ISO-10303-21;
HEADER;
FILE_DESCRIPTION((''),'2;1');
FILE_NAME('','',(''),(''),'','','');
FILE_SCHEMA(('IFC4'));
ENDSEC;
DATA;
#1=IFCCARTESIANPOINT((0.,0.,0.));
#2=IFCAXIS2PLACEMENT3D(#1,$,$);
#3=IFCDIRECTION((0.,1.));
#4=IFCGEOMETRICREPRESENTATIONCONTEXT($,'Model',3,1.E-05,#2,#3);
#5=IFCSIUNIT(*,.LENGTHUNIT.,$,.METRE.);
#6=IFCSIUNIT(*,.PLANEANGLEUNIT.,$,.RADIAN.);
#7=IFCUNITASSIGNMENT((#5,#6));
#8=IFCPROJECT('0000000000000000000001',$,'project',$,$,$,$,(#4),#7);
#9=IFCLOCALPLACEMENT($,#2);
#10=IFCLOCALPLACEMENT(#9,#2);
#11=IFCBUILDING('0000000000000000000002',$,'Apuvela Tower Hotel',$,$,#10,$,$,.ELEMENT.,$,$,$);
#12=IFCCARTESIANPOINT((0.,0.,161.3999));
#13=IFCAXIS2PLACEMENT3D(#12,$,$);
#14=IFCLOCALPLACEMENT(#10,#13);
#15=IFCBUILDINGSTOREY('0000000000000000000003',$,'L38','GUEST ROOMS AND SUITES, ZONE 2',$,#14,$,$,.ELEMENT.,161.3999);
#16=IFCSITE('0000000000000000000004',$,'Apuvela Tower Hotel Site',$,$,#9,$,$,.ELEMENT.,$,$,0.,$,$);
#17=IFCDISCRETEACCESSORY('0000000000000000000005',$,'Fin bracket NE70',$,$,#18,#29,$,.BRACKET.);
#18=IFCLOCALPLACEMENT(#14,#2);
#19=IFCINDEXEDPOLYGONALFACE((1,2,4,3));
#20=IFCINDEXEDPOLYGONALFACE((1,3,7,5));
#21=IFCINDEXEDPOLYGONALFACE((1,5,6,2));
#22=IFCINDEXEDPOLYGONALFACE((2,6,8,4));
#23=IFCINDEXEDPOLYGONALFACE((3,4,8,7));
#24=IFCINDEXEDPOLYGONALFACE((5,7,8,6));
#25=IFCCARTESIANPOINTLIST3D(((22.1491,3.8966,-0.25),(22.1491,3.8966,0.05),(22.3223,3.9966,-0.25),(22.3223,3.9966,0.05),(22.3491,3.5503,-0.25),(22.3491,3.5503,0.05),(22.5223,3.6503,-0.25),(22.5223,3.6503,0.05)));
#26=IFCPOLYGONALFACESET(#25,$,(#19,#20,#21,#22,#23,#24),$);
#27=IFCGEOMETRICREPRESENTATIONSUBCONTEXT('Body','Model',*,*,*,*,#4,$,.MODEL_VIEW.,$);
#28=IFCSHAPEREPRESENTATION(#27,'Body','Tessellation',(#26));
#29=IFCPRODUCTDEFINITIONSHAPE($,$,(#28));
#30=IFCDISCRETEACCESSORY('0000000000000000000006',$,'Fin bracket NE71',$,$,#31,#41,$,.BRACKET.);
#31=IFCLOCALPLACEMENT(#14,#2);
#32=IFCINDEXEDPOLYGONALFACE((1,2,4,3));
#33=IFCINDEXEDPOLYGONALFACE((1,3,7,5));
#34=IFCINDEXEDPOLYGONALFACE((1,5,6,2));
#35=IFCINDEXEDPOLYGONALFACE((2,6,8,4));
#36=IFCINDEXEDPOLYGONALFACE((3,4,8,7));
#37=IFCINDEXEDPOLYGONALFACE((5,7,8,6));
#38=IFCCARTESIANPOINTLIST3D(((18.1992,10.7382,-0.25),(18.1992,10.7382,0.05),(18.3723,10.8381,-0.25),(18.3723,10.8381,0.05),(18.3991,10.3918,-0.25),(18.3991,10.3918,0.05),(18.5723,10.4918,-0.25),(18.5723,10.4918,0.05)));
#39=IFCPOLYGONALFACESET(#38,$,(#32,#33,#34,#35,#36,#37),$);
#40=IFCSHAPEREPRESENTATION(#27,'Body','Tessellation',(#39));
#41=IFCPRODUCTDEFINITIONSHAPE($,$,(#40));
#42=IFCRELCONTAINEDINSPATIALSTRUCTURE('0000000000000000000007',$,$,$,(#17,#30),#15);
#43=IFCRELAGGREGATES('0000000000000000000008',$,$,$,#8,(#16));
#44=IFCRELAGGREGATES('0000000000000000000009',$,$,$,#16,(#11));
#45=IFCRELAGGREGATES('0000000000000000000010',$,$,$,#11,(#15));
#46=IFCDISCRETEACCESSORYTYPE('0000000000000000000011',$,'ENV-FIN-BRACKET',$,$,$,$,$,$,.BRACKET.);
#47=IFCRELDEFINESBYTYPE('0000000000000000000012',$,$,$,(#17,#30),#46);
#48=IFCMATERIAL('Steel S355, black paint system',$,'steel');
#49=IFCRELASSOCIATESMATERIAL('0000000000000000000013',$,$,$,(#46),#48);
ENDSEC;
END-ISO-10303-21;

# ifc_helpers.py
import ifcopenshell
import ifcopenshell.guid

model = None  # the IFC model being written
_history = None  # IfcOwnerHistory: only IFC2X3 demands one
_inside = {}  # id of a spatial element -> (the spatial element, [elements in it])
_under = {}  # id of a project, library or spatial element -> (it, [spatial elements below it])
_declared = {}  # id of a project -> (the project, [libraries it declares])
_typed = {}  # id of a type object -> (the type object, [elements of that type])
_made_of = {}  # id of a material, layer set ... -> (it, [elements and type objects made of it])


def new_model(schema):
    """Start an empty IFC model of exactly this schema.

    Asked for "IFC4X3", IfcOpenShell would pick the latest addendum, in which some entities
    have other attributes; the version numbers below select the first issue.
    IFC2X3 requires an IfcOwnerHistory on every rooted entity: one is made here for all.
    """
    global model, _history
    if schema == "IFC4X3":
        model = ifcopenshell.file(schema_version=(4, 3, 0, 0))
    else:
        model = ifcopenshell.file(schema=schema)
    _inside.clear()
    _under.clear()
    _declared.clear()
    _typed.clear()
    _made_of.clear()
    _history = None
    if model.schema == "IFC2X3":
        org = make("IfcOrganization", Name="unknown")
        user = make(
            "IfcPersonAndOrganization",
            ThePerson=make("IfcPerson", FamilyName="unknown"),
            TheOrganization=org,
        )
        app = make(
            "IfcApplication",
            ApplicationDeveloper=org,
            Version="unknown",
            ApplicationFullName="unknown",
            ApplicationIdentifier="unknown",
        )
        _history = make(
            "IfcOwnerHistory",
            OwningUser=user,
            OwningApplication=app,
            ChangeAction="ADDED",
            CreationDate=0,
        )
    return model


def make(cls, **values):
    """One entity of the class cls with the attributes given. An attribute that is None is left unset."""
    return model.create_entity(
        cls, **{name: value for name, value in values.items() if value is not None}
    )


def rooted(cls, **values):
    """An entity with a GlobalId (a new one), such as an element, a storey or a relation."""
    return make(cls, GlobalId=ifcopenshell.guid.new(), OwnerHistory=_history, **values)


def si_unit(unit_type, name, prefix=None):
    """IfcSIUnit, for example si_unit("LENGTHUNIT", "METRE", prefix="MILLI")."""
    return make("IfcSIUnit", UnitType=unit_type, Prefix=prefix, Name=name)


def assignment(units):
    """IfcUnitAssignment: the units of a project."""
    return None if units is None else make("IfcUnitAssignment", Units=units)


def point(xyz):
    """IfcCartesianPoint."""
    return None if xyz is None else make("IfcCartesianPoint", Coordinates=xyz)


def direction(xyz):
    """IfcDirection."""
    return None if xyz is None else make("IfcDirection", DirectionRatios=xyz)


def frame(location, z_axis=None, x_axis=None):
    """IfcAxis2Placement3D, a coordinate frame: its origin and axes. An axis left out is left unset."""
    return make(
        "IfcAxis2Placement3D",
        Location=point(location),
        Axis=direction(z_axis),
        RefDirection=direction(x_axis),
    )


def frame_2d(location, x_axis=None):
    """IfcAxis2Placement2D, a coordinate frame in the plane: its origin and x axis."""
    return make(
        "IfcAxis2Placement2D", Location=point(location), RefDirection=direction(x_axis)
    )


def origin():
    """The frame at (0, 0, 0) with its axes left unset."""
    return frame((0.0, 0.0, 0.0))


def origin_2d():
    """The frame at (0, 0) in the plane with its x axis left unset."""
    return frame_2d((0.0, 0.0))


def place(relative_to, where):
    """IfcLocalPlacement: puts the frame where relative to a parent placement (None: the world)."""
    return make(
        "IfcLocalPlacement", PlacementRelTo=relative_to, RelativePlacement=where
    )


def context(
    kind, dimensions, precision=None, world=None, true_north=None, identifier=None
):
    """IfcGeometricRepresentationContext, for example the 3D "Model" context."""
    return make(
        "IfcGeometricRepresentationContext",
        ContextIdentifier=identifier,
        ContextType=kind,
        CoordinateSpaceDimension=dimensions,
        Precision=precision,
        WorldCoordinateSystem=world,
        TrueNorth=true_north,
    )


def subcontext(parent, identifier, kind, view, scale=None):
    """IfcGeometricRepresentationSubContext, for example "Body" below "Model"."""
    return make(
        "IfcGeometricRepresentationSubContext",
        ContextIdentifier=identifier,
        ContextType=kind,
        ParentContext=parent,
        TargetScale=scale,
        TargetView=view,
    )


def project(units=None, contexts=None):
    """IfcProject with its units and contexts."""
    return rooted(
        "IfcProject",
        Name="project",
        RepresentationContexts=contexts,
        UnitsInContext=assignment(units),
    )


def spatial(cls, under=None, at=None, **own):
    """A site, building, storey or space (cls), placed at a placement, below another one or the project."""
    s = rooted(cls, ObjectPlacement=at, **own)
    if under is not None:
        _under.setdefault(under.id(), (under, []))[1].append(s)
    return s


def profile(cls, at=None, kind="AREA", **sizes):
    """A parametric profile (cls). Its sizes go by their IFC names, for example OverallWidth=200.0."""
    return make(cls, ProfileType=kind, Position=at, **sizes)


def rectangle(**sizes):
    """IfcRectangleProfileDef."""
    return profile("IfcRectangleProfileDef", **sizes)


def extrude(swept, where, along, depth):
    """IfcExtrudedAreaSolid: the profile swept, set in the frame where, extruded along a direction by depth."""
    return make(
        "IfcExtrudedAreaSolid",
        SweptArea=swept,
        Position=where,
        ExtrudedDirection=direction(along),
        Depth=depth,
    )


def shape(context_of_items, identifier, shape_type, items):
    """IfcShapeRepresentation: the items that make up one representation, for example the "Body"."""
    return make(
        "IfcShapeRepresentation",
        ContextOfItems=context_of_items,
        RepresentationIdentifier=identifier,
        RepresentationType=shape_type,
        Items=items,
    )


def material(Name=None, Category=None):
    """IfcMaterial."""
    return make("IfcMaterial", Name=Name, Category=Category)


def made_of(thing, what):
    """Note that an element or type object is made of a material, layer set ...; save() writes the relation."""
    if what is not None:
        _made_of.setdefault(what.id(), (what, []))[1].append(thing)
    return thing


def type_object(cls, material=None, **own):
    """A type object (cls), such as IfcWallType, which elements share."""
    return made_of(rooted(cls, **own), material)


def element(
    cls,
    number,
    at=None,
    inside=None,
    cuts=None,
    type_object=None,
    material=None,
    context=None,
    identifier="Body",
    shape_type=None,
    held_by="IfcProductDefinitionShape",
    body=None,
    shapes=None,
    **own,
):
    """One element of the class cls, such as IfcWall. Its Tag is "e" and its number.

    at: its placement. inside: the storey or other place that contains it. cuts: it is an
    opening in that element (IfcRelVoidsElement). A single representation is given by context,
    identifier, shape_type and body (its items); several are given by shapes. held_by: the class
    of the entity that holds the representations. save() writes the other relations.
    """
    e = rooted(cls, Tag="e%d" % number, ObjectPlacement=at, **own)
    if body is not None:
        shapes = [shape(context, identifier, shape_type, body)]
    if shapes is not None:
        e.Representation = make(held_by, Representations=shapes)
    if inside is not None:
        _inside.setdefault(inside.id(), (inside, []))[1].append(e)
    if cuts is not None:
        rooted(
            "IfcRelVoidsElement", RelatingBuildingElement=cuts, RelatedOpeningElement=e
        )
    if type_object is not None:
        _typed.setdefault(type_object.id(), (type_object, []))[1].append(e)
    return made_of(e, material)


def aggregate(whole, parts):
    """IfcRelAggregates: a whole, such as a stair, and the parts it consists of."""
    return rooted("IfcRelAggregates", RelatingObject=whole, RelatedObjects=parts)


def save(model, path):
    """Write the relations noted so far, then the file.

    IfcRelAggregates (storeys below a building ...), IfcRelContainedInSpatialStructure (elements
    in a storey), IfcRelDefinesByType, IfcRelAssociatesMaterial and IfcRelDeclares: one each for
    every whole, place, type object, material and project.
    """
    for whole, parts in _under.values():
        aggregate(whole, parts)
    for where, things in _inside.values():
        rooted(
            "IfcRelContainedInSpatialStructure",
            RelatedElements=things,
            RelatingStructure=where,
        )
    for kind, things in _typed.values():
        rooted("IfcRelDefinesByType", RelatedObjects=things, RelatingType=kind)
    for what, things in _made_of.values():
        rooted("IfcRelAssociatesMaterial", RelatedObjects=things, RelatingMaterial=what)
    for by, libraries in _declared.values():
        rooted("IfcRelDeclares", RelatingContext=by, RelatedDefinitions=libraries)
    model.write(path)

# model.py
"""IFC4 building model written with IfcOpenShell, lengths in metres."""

from ifc_helpers import new_model, si_unit, direction, frame, origin, origin_2d, place, context, subcontext, project, spatial, rectangle, extrude, material, type_object, element, save


model = new_model("IFC4")

# Units and contexts
model_context = context("Model", 3, precision=1e-05, world=origin(), true_north=direction((0.0, 1.0)))
body_context = subcontext(model_context, "Body", "Model", "MODEL_VIEW")
ifc_project = project(units=[si_unit("LENGTHUNIT", "METRE"), si_unit("PLANEANGLEUNIT", "RADIAN")], contexts=[model_context])

# Site, building, storey
site_placement = place(None, origin())
site = spatial("IfcSite", under=ifc_project, at=site_placement, Name="Apuvela Tower Hotel Site", CompositionType="ELEMENT", RefElevation=0.0)
building_placement = place(site_placement, origin())
building = spatial("IfcBuilding", under=site, at=building_placement, Name="Apuvela Tower Hotel", CompositionType="ELEMENT")
storey_placement = place(building_placement, frame((0.0, 0.0, 161.3999)))
storey = spatial("IfcBuildingStorey", under=building, at=storey_placement, Name="L38", Description="GUEST ROOMS AND SUITES, ZONE 2", CompositionType="ELEMENT", Elevation=161.3999)

# Discrete accessories
ifc_material_1 = material(Name="Steel S355, black paint system", Category="steel")
discrete_accessory_type = type_object("IfcDiscreteAccessoryType", Name="ENV-FIN-BRACKET", PredefinedType="BRACKET", material=ifc_material_1)
for number, where, z_axis, x_axis, name in (
    (1, (22.3357, 3.7734, -0.25), (0.0, 0.0, 1.0), (-0.5, 0.866025, 0.0), "Fin bracket NE70"),
    (2, (18.3857, 10.615, -0.25), (0.0, 0.0, 1.0), (-0.5, 0.866025, 0.0), "Fin bracket NE71"),
):
    element("IfcDiscreteAccessory", number, at=place(storey_placement, frame(where, z_axis=z_axis, x_axis=x_axis)), inside=storey, type_object=discrete_accessory_type, Name=name, PredefinedType="BRACKET", context=body_context, shape_type="SweptSolid", body=[
        extrude(rectangle(XDim=0.3999, YDim=0.2, at=origin_2d()), origin(), (0.0, 0.0, 1.0), 0.3),
    ])

save(model, "model.ifc")
